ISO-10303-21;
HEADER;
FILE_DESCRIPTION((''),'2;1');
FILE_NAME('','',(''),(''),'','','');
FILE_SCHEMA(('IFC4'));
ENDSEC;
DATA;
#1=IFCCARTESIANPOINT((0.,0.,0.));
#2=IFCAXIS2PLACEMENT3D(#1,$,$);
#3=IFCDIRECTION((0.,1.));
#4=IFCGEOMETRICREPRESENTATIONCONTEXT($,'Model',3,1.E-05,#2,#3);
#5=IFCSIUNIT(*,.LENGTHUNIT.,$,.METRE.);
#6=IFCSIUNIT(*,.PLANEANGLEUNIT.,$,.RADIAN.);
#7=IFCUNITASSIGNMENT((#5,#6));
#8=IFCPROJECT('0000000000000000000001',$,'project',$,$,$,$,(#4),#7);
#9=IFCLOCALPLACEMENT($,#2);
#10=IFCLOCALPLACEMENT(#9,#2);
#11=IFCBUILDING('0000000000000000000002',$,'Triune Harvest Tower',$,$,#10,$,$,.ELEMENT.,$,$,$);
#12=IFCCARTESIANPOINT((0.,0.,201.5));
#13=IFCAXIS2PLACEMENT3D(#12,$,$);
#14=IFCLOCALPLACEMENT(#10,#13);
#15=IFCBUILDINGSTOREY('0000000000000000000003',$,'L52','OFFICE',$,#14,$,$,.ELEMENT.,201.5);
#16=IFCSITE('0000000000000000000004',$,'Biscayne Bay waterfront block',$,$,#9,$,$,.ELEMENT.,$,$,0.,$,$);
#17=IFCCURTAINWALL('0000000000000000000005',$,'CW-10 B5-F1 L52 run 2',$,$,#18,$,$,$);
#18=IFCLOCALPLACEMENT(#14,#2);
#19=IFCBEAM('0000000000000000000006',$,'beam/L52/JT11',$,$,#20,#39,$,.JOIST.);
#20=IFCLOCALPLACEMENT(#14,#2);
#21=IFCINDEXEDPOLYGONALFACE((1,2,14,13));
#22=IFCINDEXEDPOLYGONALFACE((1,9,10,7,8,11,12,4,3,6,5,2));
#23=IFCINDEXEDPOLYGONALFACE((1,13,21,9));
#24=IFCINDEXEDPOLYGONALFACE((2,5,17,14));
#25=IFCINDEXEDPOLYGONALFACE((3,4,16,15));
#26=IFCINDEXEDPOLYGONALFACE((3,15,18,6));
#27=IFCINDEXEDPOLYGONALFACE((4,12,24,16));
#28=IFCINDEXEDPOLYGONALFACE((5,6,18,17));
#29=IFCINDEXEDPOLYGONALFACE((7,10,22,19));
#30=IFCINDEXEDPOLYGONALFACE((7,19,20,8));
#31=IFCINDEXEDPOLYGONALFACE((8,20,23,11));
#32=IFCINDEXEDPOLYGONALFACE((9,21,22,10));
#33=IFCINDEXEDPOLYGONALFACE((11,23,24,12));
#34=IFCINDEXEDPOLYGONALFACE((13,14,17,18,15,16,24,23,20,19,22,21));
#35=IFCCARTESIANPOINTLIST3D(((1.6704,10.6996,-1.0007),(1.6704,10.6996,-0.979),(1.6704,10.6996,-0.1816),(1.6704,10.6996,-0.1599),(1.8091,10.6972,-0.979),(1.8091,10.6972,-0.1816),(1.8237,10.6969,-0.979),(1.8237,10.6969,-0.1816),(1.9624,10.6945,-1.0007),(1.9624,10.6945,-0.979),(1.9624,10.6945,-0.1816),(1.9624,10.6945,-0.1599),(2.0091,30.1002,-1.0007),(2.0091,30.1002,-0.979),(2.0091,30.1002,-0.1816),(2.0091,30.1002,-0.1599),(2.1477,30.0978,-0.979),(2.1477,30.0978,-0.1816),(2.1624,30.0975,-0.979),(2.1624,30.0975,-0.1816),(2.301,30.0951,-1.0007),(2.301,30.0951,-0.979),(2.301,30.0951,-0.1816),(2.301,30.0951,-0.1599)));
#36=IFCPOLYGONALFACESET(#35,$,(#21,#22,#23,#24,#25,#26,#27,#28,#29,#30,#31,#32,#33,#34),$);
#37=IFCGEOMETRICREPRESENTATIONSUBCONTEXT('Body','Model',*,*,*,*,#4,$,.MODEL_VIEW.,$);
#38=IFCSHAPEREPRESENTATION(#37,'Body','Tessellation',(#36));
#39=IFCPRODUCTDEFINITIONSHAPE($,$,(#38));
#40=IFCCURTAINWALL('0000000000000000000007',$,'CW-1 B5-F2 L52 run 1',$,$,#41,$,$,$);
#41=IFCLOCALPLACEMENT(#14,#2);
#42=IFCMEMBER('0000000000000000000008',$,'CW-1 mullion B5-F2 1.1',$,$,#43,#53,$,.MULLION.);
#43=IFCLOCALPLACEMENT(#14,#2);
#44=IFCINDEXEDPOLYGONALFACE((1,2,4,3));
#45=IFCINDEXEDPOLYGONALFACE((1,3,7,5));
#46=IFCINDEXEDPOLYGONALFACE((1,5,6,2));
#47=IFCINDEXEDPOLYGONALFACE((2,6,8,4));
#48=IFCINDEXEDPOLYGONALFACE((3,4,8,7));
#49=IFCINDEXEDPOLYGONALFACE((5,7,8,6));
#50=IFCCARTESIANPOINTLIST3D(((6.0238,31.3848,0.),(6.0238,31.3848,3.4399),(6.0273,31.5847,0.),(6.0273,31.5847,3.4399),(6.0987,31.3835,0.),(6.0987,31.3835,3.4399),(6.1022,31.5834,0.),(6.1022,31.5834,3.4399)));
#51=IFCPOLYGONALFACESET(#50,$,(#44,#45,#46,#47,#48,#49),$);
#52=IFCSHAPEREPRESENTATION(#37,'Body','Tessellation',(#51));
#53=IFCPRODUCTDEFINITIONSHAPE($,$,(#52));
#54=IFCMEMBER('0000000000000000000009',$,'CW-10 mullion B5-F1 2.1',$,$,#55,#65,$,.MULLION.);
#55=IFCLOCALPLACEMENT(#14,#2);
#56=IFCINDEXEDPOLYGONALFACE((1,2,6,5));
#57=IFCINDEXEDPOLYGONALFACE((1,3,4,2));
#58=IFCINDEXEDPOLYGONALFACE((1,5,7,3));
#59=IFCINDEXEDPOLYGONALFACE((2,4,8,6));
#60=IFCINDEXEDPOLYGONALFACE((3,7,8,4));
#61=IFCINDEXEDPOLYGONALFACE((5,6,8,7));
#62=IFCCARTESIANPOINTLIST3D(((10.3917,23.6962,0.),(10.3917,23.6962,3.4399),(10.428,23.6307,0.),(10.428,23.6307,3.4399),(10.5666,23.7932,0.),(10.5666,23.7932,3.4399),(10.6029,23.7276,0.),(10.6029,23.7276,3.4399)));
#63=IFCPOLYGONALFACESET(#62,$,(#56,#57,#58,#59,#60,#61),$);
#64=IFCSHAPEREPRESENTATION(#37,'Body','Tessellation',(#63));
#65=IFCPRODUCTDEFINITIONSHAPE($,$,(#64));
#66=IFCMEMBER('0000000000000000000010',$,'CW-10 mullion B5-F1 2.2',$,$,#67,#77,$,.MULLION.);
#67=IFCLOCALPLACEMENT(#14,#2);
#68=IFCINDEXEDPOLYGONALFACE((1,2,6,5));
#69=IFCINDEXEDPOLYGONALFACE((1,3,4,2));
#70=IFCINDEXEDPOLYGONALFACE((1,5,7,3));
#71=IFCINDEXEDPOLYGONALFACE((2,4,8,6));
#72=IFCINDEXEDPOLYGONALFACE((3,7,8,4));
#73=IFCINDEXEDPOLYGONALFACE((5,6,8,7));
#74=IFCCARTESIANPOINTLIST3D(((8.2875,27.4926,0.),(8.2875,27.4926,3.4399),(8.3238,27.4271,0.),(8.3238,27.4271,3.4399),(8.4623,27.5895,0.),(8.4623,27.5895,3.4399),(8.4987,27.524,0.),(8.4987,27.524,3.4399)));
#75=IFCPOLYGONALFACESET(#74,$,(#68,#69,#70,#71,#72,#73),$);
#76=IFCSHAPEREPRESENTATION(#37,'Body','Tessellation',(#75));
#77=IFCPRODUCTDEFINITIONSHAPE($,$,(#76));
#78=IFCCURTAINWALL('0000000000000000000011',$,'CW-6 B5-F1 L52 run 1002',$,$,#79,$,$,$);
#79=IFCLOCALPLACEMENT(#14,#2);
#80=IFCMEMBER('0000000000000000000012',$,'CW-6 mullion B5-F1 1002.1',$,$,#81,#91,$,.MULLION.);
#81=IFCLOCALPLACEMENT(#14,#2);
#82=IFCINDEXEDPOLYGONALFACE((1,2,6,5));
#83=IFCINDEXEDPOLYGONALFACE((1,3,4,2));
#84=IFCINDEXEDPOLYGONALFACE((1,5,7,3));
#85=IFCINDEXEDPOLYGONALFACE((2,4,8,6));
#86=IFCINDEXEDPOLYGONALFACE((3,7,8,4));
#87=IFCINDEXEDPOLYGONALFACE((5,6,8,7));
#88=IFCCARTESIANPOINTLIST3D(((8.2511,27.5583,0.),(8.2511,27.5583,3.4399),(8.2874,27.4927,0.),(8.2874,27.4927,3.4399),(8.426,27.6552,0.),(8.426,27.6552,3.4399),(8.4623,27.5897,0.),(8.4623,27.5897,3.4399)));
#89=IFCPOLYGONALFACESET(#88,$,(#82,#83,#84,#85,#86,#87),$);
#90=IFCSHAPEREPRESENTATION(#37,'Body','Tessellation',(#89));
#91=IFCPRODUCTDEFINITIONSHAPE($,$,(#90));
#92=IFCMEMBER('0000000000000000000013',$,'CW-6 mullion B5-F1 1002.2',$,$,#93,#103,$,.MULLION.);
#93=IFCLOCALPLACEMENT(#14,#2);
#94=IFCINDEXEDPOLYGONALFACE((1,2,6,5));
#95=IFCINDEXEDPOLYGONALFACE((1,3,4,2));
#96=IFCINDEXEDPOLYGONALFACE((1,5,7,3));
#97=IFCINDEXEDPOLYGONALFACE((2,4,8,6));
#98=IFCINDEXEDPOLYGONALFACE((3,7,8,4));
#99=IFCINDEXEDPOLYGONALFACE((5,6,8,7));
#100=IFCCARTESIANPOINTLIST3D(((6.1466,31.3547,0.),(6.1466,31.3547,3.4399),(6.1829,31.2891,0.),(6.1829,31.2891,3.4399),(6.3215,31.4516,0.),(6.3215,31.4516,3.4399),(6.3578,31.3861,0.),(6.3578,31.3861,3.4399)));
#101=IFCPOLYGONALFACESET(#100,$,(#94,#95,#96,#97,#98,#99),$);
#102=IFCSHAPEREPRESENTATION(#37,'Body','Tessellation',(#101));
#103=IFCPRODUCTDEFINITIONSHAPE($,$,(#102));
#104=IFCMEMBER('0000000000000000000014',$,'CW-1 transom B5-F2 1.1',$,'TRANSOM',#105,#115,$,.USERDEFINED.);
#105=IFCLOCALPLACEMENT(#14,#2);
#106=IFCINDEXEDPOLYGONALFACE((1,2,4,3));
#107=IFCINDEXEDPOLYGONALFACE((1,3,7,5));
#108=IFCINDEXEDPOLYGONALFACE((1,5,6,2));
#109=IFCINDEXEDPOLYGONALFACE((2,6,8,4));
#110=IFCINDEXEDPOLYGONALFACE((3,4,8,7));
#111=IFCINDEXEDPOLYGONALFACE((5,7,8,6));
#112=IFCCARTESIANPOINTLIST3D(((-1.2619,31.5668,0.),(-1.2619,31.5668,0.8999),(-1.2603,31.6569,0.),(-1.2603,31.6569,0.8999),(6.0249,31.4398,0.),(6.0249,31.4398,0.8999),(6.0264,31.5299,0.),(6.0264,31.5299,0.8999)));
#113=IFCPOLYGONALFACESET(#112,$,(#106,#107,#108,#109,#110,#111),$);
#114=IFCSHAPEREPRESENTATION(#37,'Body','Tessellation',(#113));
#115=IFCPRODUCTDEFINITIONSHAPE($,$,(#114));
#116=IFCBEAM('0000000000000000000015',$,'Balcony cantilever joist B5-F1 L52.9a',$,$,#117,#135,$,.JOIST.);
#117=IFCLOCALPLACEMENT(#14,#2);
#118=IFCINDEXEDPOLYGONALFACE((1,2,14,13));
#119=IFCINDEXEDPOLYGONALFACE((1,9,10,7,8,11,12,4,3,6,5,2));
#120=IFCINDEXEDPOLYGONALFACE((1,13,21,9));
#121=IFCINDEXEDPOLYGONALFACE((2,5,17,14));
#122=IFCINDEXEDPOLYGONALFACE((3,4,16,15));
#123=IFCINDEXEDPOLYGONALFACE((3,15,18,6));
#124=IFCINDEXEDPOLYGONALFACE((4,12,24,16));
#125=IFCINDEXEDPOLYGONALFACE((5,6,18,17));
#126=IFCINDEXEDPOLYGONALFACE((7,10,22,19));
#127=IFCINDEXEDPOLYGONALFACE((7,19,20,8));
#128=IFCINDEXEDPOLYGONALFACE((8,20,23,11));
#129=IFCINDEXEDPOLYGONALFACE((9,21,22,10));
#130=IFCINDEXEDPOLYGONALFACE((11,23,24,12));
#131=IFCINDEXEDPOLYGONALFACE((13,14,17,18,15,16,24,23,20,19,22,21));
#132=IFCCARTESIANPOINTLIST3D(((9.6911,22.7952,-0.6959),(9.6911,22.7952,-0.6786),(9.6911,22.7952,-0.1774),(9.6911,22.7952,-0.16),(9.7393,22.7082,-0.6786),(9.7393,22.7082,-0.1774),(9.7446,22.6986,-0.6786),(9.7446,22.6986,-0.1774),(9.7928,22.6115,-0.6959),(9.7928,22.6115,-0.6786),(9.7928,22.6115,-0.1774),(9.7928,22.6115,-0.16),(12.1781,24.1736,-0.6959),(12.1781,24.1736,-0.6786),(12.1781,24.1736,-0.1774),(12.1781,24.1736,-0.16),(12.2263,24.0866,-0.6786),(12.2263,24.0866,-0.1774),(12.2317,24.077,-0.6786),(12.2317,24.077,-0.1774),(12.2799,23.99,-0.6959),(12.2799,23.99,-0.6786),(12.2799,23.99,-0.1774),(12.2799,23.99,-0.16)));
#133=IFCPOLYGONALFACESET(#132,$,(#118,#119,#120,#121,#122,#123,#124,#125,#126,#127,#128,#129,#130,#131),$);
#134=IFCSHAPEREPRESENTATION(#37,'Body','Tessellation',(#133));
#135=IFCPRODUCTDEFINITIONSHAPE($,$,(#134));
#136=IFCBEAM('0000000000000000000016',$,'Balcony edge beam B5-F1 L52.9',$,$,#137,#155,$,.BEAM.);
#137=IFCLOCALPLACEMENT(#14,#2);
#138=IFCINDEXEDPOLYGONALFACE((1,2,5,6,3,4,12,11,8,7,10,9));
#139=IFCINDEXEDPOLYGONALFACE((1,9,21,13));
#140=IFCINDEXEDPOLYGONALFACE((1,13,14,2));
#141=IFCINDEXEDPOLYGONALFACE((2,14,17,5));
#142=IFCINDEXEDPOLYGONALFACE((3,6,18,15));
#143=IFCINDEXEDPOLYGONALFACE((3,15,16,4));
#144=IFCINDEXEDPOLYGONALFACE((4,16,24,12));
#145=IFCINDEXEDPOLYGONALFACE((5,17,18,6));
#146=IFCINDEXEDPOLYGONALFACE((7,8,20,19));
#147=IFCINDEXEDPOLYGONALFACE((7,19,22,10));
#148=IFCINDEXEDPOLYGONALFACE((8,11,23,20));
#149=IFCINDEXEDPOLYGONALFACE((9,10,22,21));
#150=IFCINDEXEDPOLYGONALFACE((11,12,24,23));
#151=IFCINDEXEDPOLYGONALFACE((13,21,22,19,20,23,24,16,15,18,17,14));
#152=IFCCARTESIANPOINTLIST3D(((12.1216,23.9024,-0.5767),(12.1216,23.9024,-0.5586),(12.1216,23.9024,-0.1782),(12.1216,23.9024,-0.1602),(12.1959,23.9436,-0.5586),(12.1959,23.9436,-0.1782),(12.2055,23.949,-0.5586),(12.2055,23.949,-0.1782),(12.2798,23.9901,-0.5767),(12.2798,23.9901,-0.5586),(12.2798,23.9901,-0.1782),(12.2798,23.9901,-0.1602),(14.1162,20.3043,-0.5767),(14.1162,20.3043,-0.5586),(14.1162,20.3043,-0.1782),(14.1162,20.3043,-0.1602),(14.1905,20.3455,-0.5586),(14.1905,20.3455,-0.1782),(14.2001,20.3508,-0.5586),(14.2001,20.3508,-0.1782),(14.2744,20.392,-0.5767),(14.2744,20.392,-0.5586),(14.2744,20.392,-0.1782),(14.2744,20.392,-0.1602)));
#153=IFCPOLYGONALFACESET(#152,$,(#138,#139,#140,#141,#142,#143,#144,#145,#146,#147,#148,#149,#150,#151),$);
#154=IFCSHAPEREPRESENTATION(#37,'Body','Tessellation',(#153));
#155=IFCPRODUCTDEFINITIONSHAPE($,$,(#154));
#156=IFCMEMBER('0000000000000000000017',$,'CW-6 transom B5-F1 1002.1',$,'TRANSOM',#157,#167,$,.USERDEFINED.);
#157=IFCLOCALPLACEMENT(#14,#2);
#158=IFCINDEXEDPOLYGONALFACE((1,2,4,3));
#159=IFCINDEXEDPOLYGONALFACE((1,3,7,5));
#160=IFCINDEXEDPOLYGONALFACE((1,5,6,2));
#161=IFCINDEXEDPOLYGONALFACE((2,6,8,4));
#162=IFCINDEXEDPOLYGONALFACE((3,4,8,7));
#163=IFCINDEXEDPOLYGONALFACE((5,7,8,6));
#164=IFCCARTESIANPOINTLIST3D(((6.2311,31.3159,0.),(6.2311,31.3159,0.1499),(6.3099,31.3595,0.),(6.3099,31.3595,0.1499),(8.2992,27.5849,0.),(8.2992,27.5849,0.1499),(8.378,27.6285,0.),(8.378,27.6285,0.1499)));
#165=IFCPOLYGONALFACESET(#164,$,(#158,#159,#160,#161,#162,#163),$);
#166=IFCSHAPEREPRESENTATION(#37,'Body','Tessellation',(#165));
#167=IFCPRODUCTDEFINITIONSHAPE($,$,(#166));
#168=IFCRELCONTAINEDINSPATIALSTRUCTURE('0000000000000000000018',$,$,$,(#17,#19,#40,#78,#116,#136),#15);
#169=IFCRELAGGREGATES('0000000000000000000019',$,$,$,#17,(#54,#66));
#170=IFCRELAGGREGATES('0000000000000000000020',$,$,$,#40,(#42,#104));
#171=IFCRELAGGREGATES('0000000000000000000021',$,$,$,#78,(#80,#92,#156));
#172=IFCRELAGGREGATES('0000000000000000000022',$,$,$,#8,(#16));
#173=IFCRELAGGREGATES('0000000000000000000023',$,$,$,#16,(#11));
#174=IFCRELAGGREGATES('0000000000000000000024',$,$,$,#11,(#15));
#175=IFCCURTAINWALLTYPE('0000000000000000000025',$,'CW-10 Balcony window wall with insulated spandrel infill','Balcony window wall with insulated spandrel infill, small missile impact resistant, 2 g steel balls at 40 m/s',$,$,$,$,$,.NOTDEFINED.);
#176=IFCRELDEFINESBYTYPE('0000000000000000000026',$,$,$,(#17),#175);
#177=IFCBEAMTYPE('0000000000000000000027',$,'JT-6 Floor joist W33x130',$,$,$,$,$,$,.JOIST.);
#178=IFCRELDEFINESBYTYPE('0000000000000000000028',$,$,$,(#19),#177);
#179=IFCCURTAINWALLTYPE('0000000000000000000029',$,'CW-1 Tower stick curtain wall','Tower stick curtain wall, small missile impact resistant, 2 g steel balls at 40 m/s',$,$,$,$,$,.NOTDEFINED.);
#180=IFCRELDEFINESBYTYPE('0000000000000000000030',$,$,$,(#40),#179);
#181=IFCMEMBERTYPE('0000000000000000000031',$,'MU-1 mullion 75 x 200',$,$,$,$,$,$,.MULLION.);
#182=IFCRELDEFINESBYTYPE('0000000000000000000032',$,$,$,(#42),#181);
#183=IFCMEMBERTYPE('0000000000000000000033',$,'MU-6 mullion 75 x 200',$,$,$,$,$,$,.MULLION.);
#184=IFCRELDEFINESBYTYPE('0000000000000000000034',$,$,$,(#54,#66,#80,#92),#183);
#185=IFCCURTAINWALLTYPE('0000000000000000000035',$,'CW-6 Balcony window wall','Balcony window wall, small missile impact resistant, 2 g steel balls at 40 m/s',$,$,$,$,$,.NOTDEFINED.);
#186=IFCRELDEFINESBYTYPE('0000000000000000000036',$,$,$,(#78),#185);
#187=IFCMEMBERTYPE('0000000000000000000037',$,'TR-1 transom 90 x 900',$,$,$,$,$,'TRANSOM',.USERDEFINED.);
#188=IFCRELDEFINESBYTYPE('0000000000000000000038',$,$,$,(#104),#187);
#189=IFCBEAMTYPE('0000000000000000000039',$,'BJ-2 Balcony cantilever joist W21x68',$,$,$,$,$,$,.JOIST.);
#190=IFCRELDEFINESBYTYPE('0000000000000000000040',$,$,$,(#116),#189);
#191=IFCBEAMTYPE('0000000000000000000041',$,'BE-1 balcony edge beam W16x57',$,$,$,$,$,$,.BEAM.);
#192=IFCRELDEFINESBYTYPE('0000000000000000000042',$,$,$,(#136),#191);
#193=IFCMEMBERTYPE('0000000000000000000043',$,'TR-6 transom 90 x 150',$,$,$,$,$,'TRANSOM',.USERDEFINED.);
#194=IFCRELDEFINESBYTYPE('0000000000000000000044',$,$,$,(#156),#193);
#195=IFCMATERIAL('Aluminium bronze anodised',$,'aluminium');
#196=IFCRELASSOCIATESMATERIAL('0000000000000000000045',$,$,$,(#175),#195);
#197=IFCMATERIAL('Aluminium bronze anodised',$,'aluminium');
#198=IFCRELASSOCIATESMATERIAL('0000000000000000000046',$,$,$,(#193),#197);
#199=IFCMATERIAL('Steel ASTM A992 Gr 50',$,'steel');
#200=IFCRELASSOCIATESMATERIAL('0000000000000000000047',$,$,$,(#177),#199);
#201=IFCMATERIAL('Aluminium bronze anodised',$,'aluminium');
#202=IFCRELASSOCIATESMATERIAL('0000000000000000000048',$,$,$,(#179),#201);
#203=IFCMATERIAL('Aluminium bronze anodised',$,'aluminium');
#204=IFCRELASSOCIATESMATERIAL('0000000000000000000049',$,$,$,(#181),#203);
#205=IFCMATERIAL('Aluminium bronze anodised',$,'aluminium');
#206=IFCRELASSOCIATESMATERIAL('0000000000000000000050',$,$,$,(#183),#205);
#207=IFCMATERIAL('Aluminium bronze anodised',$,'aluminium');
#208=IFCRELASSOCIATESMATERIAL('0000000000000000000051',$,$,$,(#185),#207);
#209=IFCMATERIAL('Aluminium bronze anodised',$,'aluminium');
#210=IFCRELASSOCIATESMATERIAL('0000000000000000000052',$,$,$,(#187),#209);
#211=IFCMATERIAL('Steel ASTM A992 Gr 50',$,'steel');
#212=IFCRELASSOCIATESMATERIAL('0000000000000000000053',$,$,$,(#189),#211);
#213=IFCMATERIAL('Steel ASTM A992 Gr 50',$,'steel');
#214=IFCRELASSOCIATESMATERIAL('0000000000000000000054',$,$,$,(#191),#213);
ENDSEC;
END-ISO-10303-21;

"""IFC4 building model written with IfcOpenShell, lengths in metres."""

from ifc_helpers import new_model, si_unit, direction, frame, origin, origin_2d, place, context, subcontext, project, spatial, rectangle, i_section, extrude, source, transform, mapped, material, material_profile, profile_set, type_object, element, aggregate, save


model = new_model("IFC4")

# Units and contexts
model_context = context("Model", 3, precision=1e-05, world=origin(), true_north=direction((0.0, 1.0)))
body_context = subcontext(model_context, "Body", "Model", "MODEL_VIEW")
ifc_project = project(units=[si_unit("LENGTHUNIT", "METRE"), si_unit("PLANEANGLEUNIT", "RADIAN")], contexts=[model_context])

# Site, building, storey
site_placement = place(None, origin())
site = spatial("IfcSite", under=ifc_project, at=site_placement, Name="Biscayne Bay waterfront block", CompositionType="ELEMENT", RefElevation=0.0)
building_placement = place(site_placement, origin())
building = spatial("IfcBuilding", under=site, at=building_placement, Name="Triune Harvest Tower", CompositionType="ELEMENT")
storey_placement = place(building_placement, frame((0.0, 0.0, 201.5)))
storey = spatial("IfcBuildingStorey", under=building, at=storey_placement, Name="L52", Description="OFFICE", CompositionType="ELEMENT", Elevation=201.5)

# Curtain wall
ifc_material_1 = material(Name="Aluminium bronze anodised", Category="aluminium")
curtain_wall_type_1 = type_object("IfcCurtainWallType", Name="CW-10 Balcony window wall with insulated spandrel infill", Description="Balcony window wall with insulated spandrel infill, small missile impact resistant, 2 g steel balls at 40 m/s", PredefinedType="NOTDEFINED", material=ifc_material_1)
curtain_wall_1_placement = place(storey_placement, origin())
curtain_wall_1 = element("IfcCurtainWall", 1, at=curtain_wall_1_placement, inside=storey, type_object=curtain_wall_type_1, Name="CW-10 B5-F1 L52 run 2")
ifc_material_2 = material(Name="Aluminium bronze anodised", Category="aluminium")
ifc_material_profile_1 = material_profile(ifc_material_2, rectangle(XDim=0.0901, YDim=0.1499, at=origin_2d()), Name="TR-6 transom 90 x 150")
ifc_profile_set_1 = profile_set([ifc_material_profile_1], Name="Aluminium bronze anodised")
member_type_1 = type_object("IfcMemberType", Name="TR-6 transom 90 x 150", ElementType="TRANSOM", PredefinedType="USERDEFINED", material=ifc_profile_set_1)

# Beam
ifc_material_3 = material(Name="Steel ASTM A992 Gr 50", Category="steel")
ifc_material_profile_2 = material_profile(ifc_material_3, i_section(OverallWidth=0.292, OverallDepth=0.8408, WebThickness=0.0146, FlangeThickness=0.0217, at=origin_2d()), Name="W33x130")
ifc_profile_set_2 = profile_set([ifc_material_profile_2], Name="Steel ASTM A992 Gr 50")
beam_type_1 = type_object("IfcBeamType", Name="JT-6 Floor joist W33x130", PredefinedType="JOIST", material=ifc_profile_set_2)
shared_shape_1 = source(origin(), body_context, "Body", "SweptSolid", [
    extrude(i_section(OverallWidth=0.292, OverallDepth=0.8408, WebThickness=0.0146, FlangeThickness=0.0217, at=origin_2d()), origin(), (0.0, 0.0, 1.0), 19.4036),
])
beam_1_placement = place(storey_placement, frame((2.155, 30.0977, -0.5803), z_axis=(-0.017452, -0.999848, 0.0), x_axis=(0.999848, -0.017452, 0.0)))
element("IfcBeam", 2, at=beam_1_placement, inside=storey, type_object=beam_type_1, Name="beam/L52/JT11", PredefinedType="JOIST", context=body_context, shape_type="MappedRepresentation", body=[
    mapped(shared_shape_1, transform((0.0, 0.0, 0.0), scale=1.0)),
])

# Curtain wall, member
ifc_material_4 = material(Name="Aluminium bronze anodised", Category="aluminium")
curtain_wall_type_2 = type_object("IfcCurtainWallType", Name="CW-1 Tower stick curtain wall", Description="Tower stick curtain wall, small missile impact resistant, 2 g steel balls at 40 m/s", PredefinedType="NOTDEFINED", material=ifc_material_4)
curtain_wall_2_placement = place(storey_placement, origin())
curtain_wall_2 = element("IfcCurtainWall", 3, at=curtain_wall_2_placement, inside=storey, type_object=curtain_wall_type_2, Name="CW-1 B5-F2 L52 run 1")
ifc_material_5 = material(Name="Aluminium bronze anodised", Category="aluminium")
ifc_material_profile_3 = material_profile(ifc_material_5, rectangle(XDim=0.2, YDim=0.075, at=origin_2d()), Name="MU-1 mullion 75 x 200")
ifc_profile_set_3 = profile_set([ifc_material_profile_3], Name="Aluminium bronze anodised")
member_type_2 = type_object("IfcMemberType", Name="MU-1 mullion 75 x 200", PredefinedType="MULLION", material=ifc_profile_set_3)
shared_shape_2 = source(origin(), body_context, "Body", "SweptSolid", [
    extrude(rectangle(XDim=0.2, YDim=0.075, at=origin_2d()), origin(), (0.0, 0.0, 1.0), 3.4399),
])
member_1_placement = place(storey_placement, frame((6.063, 31.4841, 0.0), z_axis=(0.0, 0.0, 1.0), x_axis=(-0.017446, -0.999848, 0.0)))
member_1 = element("IfcMember", 4, at=member_1_placement, type_object=member_type_2, Name="CW-1 mullion B5-F2 1.1", PredefinedType="MULLION", context=body_context, shape_type="MappedRepresentation", body=[
    mapped(shared_shape_2, transform((0.0, 0.0, 0.0), scale=1.0)),
])

# Members
ifc_material_6 = material(Name="Aluminium bronze anodised", Category="aluminium")
ifc_material_profile_4 = material_profile(ifc_material_6, rectangle(XDim=0.2, YDim=0.075, at=origin_2d()), Name="MU-6 mullion 75 x 200")
ifc_profile_set_4 = profile_set([ifc_material_profile_4], Name="Aluminium bronze anodised")
member_type_3 = type_object("IfcMemberType", Name="MU-6 mullion 75 x 200", PredefinedType="MULLION", material=ifc_profile_set_4)
shared_shape_3 = source(origin(), body_context, "Body", "SweptSolid", [
    extrude(rectangle(XDim=0.2, YDim=0.075, at=origin_2d()), origin(), (0.0, 0.0, 1.0), 3.4399),
])
member_2_placement = place(storey_placement, frame((10.4973, 23.7119, 0.0), z_axis=(0.0, 0.0, 1.0), x_axis=(-0.874624, -0.484801, 0.0)))
member_2 = element("IfcMember", 5, at=member_2_placement, type_object=member_type_3, Name="CW-10 mullion B5-F1 2.1", PredefinedType="MULLION", context=body_context, shape_type="MappedRepresentation", body=[
    mapped(shared_shape_3, transform((0.0, 0.0, 0.0), scale=1.0)),
])
member_3_placement = place(storey_placement, frame((8.3931, 27.5083, 0.0), z_axis=(0.0, 0.0, 1.0), x_axis=(-0.874624, -0.484801, 0.0)))
member_3 = element("IfcMember", 6, at=member_3_placement, type_object=member_type_3, Name="CW-10 mullion B5-F1 2.2", PredefinedType="MULLION", context=body_context, shape_type="MappedRepresentation", body=[
    mapped(shared_shape_3, transform((0.0, 0.0, 0.0), scale=1.0)),
])

# Curtain wall, members
ifc_material_7 = material(Name="Aluminium bronze anodised", Category="aluminium")
curtain_wall_type_3 = type_object("IfcCurtainWallType", Name="CW-6 Balcony window wall", Description="Balcony window wall, small missile impact resistant, 2 g steel balls at 40 m/s", PredefinedType="NOTDEFINED", material=ifc_material_7)
curtain_wall_3_placement = place(storey_placement, origin())
curtain_wall_3 = element("IfcCurtainWall", 7, at=curtain_wall_3_placement, inside=storey, type_object=curtain_wall_type_3, Name="CW-6 B5-F1 L52 run 1002")
member_4_placement = place(storey_placement, frame((8.3567, 27.574, 0.0), z_axis=(0.0, 0.0, 1.0), x_axis=(-0.874616, -0.484816, 0.0)))
member_4 = element("IfcMember", 8, at=member_4_placement, type_object=member_type_3, Name="CW-6 mullion B5-F1 1002.1", PredefinedType="MULLION", context=body_context, shape_type="MappedRepresentation", body=[
    mapped(shared_shape_3, transform((0.0, 0.0, 0.0), scale=1.0)),
])
member_5_placement = place(storey_placement, frame((6.2522, 31.3704, 0.0), z_axis=(0.0, 0.0, 1.0), x_axis=(-0.874616, -0.484816, 0.0)))
member_5 = element("IfcMember", 9, at=member_5_placement, type_object=member_type_3, Name="CW-6 mullion B5-F1 1002.2", PredefinedType="MULLION", context=body_context, shape_type="MappedRepresentation", body=[
    mapped(shared_shape_3, transform((0.0, 0.0, 0.0), scale=1.0)),
])

# Member
ifc_material_8 = material(Name="Aluminium bronze anodised", Category="aluminium")
ifc_material_profile_5 = material_profile(ifc_material_8, rectangle(XDim=0.0901, YDim=0.8999, at=origin_2d()), Name="TR-1 transom 90 x 900")
ifc_profile_set_5 = profile_set([ifc_material_profile_5], Name="Aluminium bronze anodised")
member_type_4 = type_object("IfcMemberType", Name="TR-1 transom 90 x 900", ElementType="TRANSOM", PredefinedType="USERDEFINED", material=ifc_profile_set_5)
shared_shape_4 = source(origin(), body_context, "Body", "SweptSolid", [
    extrude(rectangle(XDim=0.0901, YDim=0.8999, at=origin_2d()), origin(), (0.0, 0.0, 1.0), 7.2878),
])
member_6_placement = place(storey_placement, frame((6.0256, 31.4849, 0.45), z_axis=(-0.999848, 0.01742, 0.0), x_axis=(-0.01742, -0.999848, 0.0)))
member_6 = element("IfcMember", 10, at=member_6_placement, type_object=member_type_4, Name="CW-1 transom B5-F2 1.1", ObjectType="TRANSOM", PredefinedType="USERDEFINED", context=body_context, shape_type="MappedRepresentation", body=[
    mapped(shared_shape_4, transform((0.0, 0.0, 0.0), scale=1.0)),
])

# Beams
ifc_material_9 = material(Name="Steel ASTM A992 Gr 50", Category="steel")
ifc_material_profile_6 = material_profile(ifc_material_9, i_section(OverallWidth=0.21, OverallDepth=0.5359, WebThickness=0.011, FlangeThickness=0.0173, at=origin_2d()), Name="W21x68")
ifc_profile_set_6 = profile_set([ifc_material_profile_6], Name="Steel ASTM A992 Gr 50")
beam_type_2 = type_object("IfcBeamType", Name="BJ-2 Balcony cantilever joist W21x68", PredefinedType="JOIST", material=ifc_profile_set_6)
shared_shape_5 = source(origin(), body_context, "Body", "SweptSolid", [
    extrude(i_section(OverallWidth=0.21, OverallDepth=0.5359, WebThickness=0.011, FlangeThickness=0.0173, at=origin_2d()), origin(), (0.0, 0.0, 1.0), 2.8435),
])
beam_2_placement = place(storey_placement, frame((9.7419, 22.7034, -0.428), z_axis=(0.874647, 0.484761, 0.0), x_axis=(-0.484761, 0.874647, 0.0)))
element("IfcBeam", 11, at=beam_2_placement, inside=storey, type_object=beam_type_2, Name="Balcony cantilever joist B5-F1 L52.9a", PredefinedType="JOIST", context=body_context, shape_type="MappedRepresentation", body=[
    mapped(shared_shape_5, transform((0.0, 0.0, 0.0), scale=1.0)),
])
ifc_material_10 = material(Name="Steel ASTM A992 Gr 50", Category="steel")
ifc_material_profile_7 = material_profile(ifc_material_10, i_section(OverallWidth=0.1809, OverallDepth=0.4165, WebThickness=0.011, FlangeThickness=0.0181, at=origin_2d()), Name="W16x57")
ifc_profile_set_7 = profile_set([ifc_material_profile_7], Name="Steel ASTM A992 Gr 50")
beam_type_3 = type_object("IfcBeamType", Name="BE-1 balcony edge beam W16x57", PredefinedType="BEAM", material=ifc_profile_set_7)
shared_shape_6 = source(origin(), body_context, "Body", "SweptSolid", [
    extrude(i_section(OverallWidth=0.1809, OverallDepth=0.4165, WebThickness=0.011, FlangeThickness=0.0181, at=origin_2d()), origin(), (0.0, 0.0, 1.0), 4.114),
])
beam_3_placement = place(storey_placement, frame((12.2007, 23.9463, -0.3684), z_axis=(0.484837, -0.874605, 0.0), x_axis=(0.874605, 0.484837, 0.0)))
element("IfcBeam", 12, at=beam_3_placement, inside=storey, type_object=beam_type_3, Name="Balcony edge beam B5-F1 L52.9", PredefinedType="BEAM", context=body_context, shape_type="MappedRepresentation", body=[
    mapped(shared_shape_6, transform((0.0, 0.0, 0.0), scale=1.0)),
])

# Member
shared_shape_7 = source(origin(), body_context, "Body", "SweptSolid", [
    extrude(rectangle(XDim=0.0901, YDim=0.1499, at=origin_2d()), origin(), (0.0, 0.0, 1.0), 4.2659),
])
member_7_placement = place(storey_placement, frame((8.3386, 27.6067, 0.075), z_axis=(-0.484812, 0.874619, 0.0), x_axis=(-0.874619, -0.484812, 0.0)))
member_7 = element("IfcMember", 13, at=member_7_placement, type_object=member_type_1, Name="CW-6 transom B5-F1 1002.1", ObjectType="TRANSOM", PredefinedType="USERDEFINED", context=body_context, shape_type="MappedRepresentation", body=[
    mapped(shared_shape_7, transform((0.0, 0.0, 0.0), scale=1.0)),
])

aggregate(curtain_wall_1, [member_2, member_3])
aggregate(curtain_wall_2, [member_1, member_6])
aggregate(curtain_wall_3, [member_4, member_5, member_7])

save(model, "model.ifc")
